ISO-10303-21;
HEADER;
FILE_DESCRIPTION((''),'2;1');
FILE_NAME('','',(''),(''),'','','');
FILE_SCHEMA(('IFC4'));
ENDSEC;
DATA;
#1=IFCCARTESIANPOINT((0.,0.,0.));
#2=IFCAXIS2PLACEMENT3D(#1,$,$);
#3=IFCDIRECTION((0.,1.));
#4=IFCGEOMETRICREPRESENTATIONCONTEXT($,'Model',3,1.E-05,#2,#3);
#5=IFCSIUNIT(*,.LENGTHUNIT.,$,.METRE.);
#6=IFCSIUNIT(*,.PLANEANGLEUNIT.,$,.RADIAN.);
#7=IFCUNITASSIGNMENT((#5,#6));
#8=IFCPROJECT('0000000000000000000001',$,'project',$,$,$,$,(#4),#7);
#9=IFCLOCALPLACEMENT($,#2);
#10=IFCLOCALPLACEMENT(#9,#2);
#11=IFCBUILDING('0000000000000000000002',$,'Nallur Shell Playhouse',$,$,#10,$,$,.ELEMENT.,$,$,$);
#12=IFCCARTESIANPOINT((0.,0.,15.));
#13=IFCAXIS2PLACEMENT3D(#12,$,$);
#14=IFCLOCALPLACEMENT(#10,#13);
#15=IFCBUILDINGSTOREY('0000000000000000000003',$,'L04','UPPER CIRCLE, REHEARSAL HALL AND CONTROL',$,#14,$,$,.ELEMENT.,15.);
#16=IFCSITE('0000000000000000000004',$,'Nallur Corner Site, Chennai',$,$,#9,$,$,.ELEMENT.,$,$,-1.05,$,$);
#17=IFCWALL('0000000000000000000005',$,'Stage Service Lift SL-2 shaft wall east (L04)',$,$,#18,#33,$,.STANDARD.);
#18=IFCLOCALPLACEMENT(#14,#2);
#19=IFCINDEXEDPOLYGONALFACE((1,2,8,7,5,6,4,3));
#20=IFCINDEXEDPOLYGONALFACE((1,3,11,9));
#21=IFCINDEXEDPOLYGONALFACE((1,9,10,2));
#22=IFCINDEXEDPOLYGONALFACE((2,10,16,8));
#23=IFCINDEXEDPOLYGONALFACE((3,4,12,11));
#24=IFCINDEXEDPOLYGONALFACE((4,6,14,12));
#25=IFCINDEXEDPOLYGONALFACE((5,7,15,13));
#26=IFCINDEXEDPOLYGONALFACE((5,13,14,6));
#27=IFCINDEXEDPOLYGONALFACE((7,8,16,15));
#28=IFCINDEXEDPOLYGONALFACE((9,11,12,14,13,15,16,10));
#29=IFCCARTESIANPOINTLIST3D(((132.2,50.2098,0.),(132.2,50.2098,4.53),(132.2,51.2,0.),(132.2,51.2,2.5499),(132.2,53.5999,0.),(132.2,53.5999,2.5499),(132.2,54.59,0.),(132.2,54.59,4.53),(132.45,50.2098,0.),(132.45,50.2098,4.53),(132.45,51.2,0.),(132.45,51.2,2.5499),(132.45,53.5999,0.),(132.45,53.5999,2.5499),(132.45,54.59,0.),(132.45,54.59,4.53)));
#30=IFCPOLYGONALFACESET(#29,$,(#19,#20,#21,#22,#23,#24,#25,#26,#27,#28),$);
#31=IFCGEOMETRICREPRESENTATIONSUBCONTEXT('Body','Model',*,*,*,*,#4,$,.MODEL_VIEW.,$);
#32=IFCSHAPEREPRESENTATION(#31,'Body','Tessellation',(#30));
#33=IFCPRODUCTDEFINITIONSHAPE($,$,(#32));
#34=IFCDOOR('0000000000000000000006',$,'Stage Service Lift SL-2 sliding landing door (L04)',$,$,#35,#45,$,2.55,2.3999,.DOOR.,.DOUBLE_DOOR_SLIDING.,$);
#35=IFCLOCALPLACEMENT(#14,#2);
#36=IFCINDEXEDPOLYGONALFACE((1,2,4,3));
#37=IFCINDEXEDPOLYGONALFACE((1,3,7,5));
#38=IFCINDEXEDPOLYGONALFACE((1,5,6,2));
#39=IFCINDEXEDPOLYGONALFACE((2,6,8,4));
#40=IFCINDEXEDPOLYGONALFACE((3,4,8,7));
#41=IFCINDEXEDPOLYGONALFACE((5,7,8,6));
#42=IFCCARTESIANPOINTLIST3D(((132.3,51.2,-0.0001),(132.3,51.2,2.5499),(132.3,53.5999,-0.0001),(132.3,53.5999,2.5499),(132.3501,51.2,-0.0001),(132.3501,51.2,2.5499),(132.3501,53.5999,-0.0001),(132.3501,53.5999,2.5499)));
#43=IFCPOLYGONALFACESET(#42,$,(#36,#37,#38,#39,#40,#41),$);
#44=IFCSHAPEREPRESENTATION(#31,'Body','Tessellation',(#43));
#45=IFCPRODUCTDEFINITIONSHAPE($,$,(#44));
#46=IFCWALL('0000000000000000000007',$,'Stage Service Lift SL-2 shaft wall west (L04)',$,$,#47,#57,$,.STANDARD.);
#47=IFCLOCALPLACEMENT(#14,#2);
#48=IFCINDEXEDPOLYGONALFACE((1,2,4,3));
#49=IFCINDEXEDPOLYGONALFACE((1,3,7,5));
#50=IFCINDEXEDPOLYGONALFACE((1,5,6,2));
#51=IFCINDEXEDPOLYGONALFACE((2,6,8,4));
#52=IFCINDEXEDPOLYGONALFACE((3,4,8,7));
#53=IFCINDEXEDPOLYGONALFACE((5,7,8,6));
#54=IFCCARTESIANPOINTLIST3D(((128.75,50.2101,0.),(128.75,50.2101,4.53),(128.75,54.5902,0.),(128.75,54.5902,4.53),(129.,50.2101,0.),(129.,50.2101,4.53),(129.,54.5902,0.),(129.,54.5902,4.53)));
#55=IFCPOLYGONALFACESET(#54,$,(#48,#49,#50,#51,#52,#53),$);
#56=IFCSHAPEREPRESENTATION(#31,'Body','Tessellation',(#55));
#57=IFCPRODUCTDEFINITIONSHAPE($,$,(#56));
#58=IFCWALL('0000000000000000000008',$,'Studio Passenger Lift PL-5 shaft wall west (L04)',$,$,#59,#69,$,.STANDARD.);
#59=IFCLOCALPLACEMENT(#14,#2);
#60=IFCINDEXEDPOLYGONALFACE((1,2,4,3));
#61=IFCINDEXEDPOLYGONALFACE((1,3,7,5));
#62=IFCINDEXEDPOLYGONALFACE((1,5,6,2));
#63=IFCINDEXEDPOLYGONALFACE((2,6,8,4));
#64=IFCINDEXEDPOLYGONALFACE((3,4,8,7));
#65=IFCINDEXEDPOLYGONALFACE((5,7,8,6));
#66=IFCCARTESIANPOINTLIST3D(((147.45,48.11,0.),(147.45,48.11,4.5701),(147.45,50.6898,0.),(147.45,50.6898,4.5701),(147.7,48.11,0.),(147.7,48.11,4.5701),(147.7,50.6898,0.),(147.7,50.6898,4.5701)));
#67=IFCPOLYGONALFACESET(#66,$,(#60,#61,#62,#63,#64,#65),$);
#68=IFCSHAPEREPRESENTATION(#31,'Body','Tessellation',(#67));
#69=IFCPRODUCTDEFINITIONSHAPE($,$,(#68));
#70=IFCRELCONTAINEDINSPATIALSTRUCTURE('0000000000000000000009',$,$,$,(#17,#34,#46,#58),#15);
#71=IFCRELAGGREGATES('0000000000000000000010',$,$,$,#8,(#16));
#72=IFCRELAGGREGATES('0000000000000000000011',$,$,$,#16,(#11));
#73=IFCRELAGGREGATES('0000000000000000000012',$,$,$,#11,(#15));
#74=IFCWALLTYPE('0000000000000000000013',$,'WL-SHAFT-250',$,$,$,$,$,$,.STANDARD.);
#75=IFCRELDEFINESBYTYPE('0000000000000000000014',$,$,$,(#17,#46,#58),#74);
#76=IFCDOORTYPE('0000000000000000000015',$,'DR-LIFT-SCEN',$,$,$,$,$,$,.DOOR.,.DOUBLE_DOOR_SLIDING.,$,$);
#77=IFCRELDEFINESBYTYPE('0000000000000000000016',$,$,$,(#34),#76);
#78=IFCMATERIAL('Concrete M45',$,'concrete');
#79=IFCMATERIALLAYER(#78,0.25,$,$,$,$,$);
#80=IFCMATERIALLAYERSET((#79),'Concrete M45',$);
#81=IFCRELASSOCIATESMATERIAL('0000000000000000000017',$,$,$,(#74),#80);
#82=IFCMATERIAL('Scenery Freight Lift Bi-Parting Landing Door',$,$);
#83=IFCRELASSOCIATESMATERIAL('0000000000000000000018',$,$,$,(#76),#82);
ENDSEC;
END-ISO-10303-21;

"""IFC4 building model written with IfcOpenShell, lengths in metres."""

from ifc_helpers import new_model, si_unit, direction, frame, frame_2d, origin, place, context, subcontext, project, spatial, rectangle, extrude, material, layer, layer_set, type_object, element, fill, save


model = new_model("IFC4")

# Units and contexts
model_context = context("Model", 3, precision=1e-05, world=origin(), true_north=direction((0.0, 1.0)))
body_context = subcontext(model_context, "Body", "Model", "MODEL_VIEW")
ifc_project = project(units=[si_unit("LENGTHUNIT", "METRE"), si_unit("PLANEANGLEUNIT", "RADIAN")], contexts=[model_context])

# Site, building, storey
site_placement = place(None, origin())
site = spatial("IfcSite", under=ifc_project, at=site_placement, Name="Nallur Corner Site, Chennai", CompositionType="ELEMENT", RefElevation=-1.05)
building_placement = place(site_placement, origin())
building = spatial("IfcBuilding", under=site, at=building_placement, Name="Nallur Shell Playhouse", CompositionType="ELEMENT")
storey_placement = place(building_placement, frame((0.0, 0.0, 15.0)))
storey = spatial("IfcBuildingStorey", under=building, at=storey_placement, Name="L04", Description="UPPER CIRCLE, REHEARSAL HALL AND CONTROL", CompositionType="ELEMENT", Elevation=15.0)

# Shared definitions
ifc_material_1 = material(Name="Concrete M45", Category="concrete")
ifc_layer_1 = layer(ifc_material_1, 0.25)
ifc_layer_set_1 = layer_set([ifc_layer_1], Name="Concrete M45")
wall_type_1 = type_object("IfcWallType", Name="WL-SHAFT-250", PredefinedType="STANDARD", material=ifc_layer_set_1)

# Wall, opening, door
wall_1_placement = place(storey_placement, frame((132.325, 50.21, 0.0), z_axis=(0.0, 0.0, 1.0), x_axis=(0.0, 1.0, 0.0)))
wall_1 = element("IfcWall", 1, at=wall_1_placement, inside=storey, type_object=wall_type_1, Name="Stage Service Lift SL-2 shaft wall east (L04)", PredefinedType="STANDARD", context=body_context, shape_type="SweptSolid", body=[
    extrude(rectangle(XDim=4.3801, YDim=0.25, at=frame_2d((2.1899, 0.0))), origin(), (0.0, 0.0, 1.0), 4.53),
])
opening_1_placement = place(wall_1_placement, frame((0.99, 0.0, 0.0)))
opening_1 = element("IfcOpeningElement", 2, at=opening_1_placement, cuts=wall_1, PredefinedType="OPENING", context=body_context, shape_type="SweptSolid", body=[
    extrude(rectangle(XDim=2.3999, YDim=2.55, at=frame_2d((1.2, 1.2749))), frame((0.0, 0.135, 0.0), z_axis=(0.0, -1.0, 0.0), x_axis=(1.0, 0.0, 0.0)), (0.0, 0.0, 1.0), 0.27),
])
ifc_material_2 = material(Name="Scenery Freight Lift Bi-Parting Landing Door")
door_type_1 = type_object("IfcDoorType", Name="DR-LIFT-SCEN", OperationType="DOUBLE_DOOR_SLIDING", PredefinedType="DOOR", material=ifc_material_2)
door_1_placement = place(opening_1_placement, origin())
door_1 = element("IfcDoor", 3, at=door_1_placement, inside=storey, type_object=door_type_1, Name="Stage Service Lift SL-2 sliding landing door (L04)", OperationType="DOUBLE_DOOR_SLIDING", OverallHeight=2.55, OverallWidth=2.3999, PredefinedType="DOOR", context=body_context, shape_type="SweptSolid", body=[
    extrude(rectangle(XDim=2.3999, YDim=2.55, at=frame_2d((1.2, 1.2749))), frame((0.0, 0.0249, 0.0), z_axis=(0.0, -1.0, 0.0), x_axis=(1.0, 0.0, 0.0)), (0.0, 0.0, 1.0), 0.05),
])
fill(opening_1, door_1)

# Wall
wall_2_placement = place(storey_placement, frame((128.875, 54.5901, 0.0), z_axis=(0.0, 0.0, 1.0), x_axis=(0.0, -1.0, 0.0)))
element("IfcWall", 4, at=wall_2_placement, inside=storey, type_object=wall_type_1, Name="Stage Service Lift SL-2 shaft wall west (L04)", PredefinedType="STANDARD", context=body_context, shape_type="SweptSolid", body=[
    extrude(rectangle(XDim=4.3801, YDim=0.25, at=frame_2d((2.1899, 0.0))), origin(), (0.0, 0.0, 1.0), 4.53),
])

# Wall
wall_3_placement = place(storey_placement, frame((147.575, 50.6899, 0.0), z_axis=(0.0, 0.0, 1.0), x_axis=(0.0, -1.0, 0.0)))
element("IfcWall", 5, at=wall_3_placement, inside=storey, type_object=wall_type_1, Name="Studio Passenger Lift PL-5 shaft wall west (L04)", PredefinedType="STANDARD", context=body_context, shape_type="SweptSolid", body=[
    extrude(rectangle(XDim=2.5798, YDim=0.25, at=frame_2d((1.29, 0.0))), origin(), (0.0, 0.0, 1.0), 4.5701),
])

save(model, "model.ifc")
